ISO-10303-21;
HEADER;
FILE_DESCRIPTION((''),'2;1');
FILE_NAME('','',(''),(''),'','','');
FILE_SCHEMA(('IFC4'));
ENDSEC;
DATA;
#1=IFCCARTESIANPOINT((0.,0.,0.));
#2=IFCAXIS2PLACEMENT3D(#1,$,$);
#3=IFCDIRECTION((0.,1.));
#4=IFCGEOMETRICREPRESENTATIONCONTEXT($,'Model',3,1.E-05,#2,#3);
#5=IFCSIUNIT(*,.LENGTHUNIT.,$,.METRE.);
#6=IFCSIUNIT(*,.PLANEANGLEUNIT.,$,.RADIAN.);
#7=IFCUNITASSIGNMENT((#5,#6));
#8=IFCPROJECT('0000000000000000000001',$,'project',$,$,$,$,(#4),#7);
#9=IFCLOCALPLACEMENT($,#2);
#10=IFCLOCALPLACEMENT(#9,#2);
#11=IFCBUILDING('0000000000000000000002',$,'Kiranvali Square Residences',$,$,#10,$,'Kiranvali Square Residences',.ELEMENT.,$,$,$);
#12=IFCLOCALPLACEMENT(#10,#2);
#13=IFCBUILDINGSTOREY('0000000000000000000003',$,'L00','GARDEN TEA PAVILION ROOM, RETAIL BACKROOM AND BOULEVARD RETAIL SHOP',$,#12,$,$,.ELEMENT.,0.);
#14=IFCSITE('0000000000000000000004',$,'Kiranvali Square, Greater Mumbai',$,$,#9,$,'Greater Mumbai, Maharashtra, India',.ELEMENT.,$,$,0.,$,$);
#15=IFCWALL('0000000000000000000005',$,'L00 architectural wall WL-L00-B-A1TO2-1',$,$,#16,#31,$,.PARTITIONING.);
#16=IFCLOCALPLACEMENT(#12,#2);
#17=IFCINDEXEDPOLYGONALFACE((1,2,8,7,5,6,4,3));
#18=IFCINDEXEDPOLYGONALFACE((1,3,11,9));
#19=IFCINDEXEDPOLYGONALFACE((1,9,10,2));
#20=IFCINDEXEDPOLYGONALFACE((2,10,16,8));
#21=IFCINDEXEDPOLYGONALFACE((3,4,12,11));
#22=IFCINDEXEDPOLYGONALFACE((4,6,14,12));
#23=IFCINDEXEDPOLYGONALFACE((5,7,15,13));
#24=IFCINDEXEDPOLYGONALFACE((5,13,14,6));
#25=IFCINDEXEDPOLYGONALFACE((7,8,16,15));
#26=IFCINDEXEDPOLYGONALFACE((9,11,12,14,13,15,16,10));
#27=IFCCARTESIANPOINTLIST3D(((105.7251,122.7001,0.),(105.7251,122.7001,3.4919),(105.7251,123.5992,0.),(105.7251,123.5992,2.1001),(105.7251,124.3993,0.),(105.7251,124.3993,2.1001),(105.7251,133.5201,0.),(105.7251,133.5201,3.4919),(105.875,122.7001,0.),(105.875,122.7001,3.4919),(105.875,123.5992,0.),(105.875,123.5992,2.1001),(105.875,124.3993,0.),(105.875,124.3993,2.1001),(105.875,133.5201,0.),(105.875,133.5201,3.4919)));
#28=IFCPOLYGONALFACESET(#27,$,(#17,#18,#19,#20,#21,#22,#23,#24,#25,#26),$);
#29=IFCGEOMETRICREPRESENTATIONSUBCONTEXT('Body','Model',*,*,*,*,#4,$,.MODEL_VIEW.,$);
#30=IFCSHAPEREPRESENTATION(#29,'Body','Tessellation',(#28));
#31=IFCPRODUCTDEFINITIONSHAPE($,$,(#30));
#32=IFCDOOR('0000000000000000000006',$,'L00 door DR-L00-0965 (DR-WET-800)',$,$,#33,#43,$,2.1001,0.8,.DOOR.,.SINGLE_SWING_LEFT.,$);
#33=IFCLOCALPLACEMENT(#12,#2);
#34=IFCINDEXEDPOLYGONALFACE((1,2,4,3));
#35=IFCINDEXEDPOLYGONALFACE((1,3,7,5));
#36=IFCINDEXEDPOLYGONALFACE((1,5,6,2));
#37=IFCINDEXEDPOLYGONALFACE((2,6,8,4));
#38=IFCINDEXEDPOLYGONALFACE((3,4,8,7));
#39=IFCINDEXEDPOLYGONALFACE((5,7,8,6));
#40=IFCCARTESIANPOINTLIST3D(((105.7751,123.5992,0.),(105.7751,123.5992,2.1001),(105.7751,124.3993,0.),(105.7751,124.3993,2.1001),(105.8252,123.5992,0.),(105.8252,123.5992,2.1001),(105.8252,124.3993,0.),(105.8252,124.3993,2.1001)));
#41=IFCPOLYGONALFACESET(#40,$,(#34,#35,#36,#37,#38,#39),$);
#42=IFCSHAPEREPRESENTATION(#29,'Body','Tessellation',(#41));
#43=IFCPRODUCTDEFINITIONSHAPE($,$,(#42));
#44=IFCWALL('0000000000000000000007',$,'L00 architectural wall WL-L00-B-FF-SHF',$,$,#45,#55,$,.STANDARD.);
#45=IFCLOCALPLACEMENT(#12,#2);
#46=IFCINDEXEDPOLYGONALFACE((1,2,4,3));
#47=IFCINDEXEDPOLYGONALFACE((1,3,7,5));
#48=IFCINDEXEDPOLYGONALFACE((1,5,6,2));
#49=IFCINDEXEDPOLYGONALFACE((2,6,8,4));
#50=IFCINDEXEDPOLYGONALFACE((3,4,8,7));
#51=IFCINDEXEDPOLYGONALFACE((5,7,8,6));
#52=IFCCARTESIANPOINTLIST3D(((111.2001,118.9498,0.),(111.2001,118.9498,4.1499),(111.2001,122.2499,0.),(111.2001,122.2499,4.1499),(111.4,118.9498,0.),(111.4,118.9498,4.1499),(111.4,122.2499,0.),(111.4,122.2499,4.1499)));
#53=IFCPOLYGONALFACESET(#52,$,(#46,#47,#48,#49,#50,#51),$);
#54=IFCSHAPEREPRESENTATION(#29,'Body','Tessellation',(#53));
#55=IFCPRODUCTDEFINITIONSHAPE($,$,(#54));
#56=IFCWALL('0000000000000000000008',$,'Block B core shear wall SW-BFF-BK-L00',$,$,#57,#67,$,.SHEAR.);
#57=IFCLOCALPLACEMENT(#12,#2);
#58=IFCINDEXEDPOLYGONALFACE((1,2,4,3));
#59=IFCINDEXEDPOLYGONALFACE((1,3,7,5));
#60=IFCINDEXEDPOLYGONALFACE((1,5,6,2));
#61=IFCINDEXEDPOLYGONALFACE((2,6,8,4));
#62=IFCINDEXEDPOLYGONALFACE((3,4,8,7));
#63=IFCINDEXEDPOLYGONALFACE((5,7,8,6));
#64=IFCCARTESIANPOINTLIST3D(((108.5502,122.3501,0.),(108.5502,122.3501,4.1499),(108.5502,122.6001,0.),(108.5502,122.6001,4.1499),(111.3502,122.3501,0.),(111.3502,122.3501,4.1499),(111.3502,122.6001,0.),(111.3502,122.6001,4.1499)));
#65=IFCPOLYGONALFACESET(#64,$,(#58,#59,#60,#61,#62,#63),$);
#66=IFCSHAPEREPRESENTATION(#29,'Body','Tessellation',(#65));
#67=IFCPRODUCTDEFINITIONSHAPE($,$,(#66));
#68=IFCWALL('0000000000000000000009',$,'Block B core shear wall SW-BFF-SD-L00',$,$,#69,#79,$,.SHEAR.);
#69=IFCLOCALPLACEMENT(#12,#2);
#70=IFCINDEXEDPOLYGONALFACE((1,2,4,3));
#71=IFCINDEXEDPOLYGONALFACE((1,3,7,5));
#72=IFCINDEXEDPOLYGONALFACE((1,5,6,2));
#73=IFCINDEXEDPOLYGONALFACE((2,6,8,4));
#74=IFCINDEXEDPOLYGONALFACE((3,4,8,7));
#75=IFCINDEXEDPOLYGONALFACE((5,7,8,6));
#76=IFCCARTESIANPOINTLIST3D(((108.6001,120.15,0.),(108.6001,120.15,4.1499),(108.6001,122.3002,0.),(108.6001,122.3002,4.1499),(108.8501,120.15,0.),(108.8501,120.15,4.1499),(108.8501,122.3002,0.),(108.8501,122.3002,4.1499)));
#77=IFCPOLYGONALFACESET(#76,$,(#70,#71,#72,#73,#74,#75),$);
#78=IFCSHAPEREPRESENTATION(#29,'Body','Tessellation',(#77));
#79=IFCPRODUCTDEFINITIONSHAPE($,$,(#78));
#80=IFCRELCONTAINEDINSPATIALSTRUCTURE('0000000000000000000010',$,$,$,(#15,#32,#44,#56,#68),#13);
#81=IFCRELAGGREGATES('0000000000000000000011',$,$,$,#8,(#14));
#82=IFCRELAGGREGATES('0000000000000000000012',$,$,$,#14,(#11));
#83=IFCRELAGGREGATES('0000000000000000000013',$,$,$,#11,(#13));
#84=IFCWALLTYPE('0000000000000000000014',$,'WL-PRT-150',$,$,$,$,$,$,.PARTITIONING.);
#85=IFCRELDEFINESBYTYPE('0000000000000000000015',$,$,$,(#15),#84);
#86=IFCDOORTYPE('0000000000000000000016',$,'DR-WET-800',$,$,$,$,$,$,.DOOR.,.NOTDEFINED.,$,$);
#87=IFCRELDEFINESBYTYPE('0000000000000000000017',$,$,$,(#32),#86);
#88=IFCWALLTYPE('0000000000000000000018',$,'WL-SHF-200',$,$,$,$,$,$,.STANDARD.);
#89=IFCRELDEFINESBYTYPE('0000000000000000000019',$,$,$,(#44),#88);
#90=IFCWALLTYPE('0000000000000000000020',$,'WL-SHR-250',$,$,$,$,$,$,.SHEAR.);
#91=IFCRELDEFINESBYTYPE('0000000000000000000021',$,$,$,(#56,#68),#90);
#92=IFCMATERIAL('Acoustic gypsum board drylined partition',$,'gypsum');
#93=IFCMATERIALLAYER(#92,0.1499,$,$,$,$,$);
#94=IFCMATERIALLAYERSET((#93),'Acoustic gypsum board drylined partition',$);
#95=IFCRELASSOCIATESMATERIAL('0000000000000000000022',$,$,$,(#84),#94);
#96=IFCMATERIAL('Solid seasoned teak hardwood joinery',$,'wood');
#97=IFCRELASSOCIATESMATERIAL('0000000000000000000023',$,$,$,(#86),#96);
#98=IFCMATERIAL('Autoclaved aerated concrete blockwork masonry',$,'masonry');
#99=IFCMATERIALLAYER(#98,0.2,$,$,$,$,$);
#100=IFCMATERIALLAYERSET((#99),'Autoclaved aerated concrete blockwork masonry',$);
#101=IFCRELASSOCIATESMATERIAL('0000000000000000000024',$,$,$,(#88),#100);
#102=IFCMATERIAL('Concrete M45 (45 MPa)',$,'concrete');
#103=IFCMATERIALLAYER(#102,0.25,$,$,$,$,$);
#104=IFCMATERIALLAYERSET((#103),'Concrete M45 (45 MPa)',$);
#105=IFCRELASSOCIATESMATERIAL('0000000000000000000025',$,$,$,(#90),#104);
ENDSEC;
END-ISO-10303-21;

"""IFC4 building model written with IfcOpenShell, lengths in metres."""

from ifc_helpers import new_model, si_unit, direction, frame, frame_2d, origin, place, context, subcontext, project, spatial, rectangle, extrude, material, layer, layer_set, type_object, element, fill, save


model = new_model("IFC4")

# Units and contexts
model_context = context("Model", 3, precision=1e-05, world=origin(), true_north=direction((0.0, 1.0)))
body_context = subcontext(model_context, "Body", "Model", "MODEL_VIEW")
ifc_project = project(units=[si_unit("LENGTHUNIT", "METRE"), si_unit("PLANEANGLEUNIT", "RADIAN")], contexts=[model_context])

# Site, building, storey
site_placement = place(None, origin())
site = spatial("IfcSite", under=ifc_project, at=site_placement, Name="Kiranvali Square, Greater Mumbai", LongName="Greater Mumbai, Maharashtra, India", CompositionType="ELEMENT", RefElevation=0.0)
building_placement = place(site_placement, origin())
building = spatial("IfcBuilding", under=site, at=building_placement, Name="Kiranvali Square Residences", LongName="Kiranvali Square Residences", CompositionType="ELEMENT")
storey_placement = place(building_placement, origin())
storey = spatial("IfcBuildingStorey", under=building, at=storey_placement, Name="L00", Description="GARDEN TEA PAVILION ROOM, RETAIL BACKROOM AND BOULEVARD RETAIL SHOP", CompositionType="ELEMENT", Elevation=0.0)

# Shared definitions
ifc_material_1 = material(Name="Concrete M45 (45 MPa)", Category="concrete")

# Wall, opening, door
ifc_material_2 = material(Name="Autoclaved aerated concrete blockwork masonry", Category="masonry")
ifc_material_3 = material(Name="Acoustic gypsum board drylined partition", Category="gypsum")
ifc_layer_1 = layer(ifc_material_3, 0.1499)
ifc_layer_set_1 = layer_set([ifc_layer_1], Name="Acoustic gypsum board drylined partition")
wall_type_1 = type_object("IfcWallType", Name="WL-PRT-150", PredefinedType="PARTITIONING", material=ifc_layer_set_1)
ifc_material_4 = material(Name="Solid seasoned teak hardwood joinery", Category="wood")
door_type_1 = type_object("IfcDoorType", Name="DR-WET-800", OperationType="NOTDEFINED", PredefinedType="DOOR", material=ifc_material_4)
wall_1_placement = place(storey_placement, frame((105.8, 122.7, 0.0), z_axis=(0.0, 0.0, 1.0), x_axis=(0.0, 1.0, 0.0)))
wall_1 = element("IfcWall", 1, at=wall_1_placement, inside=storey, type_object=wall_type_1, Name="L00 architectural wall WL-L00-B-A1TO2-1", PredefinedType="PARTITIONING", context=body_context, shape_type="SweptSolid", body=[
    extrude(rectangle(XDim=10.8201, YDim=0.1499, at=frame_2d((5.4102, 0.0))), origin(), (0.0, 0.0, 1.0), 3.4919),
])
opening_1_placement = place(wall_1_placement, frame((0.8994, 0.0, 0.0)))
opening_1 = element("IfcOpeningElement", 2, at=opening_1_placement, cuts=wall_1, PredefinedType="OPENING", context=body_context, shape_type="SweptSolid", body=[
    extrude(rectangle(XDim=0.8, YDim=2.1001, at=frame_2d((0.3999, 1.05))), frame((0.0, 0.085, 0.0), z_axis=(0.0, -1.0, 0.0), x_axis=(1.0, 0.0, 0.0)), (0.0, 0.0, 1.0), 0.1699),
])
door_1_placement = place(opening_1_placement, origin())
door_1 = element("IfcDoor", 3, at=door_1_placement, inside=storey, type_object=door_type_1, Name="L00 door DR-L00-0965 (DR-WET-800)", OperationType="SINGLE_SWING_LEFT", OverallHeight=2.1001, OverallWidth=0.8, PredefinedType="DOOR", context=body_context, shape_type="SweptSolid", body=[
    extrude(rectangle(XDim=0.8, YDim=2.1001, at=frame_2d((0.3999, 1.05))), frame((0.0, 0.0249, 0.0), z_axis=(0.0, -1.0, 0.0), x_axis=(1.0, 0.0, 0.0)), (0.0, 0.0, 1.0), 0.05),
])
fill(opening_1, door_1)

# Walls
ifc_layer_2 = layer(ifc_material_2, 0.2)
ifc_layer_set_2 = layer_set([ifc_layer_2], Name="Autoclaved aerated concrete blockwork masonry")
wall_type_2 = type_object("IfcWallType", Name="WL-SHF-200", PredefinedType="STANDARD", material=ifc_layer_set_2)
wall_2_placement = place(storey_placement, frame((111.3, 118.95, 0.0), z_axis=(0.0, 0.0, 1.0), x_axis=(0.0, 1.0, 0.0)))
element("IfcWall", 4, at=wall_2_placement, inside=storey, type_object=wall_type_2, Name="L00 architectural wall WL-L00-B-FF-SHF", PredefinedType="STANDARD", context=body_context, shape_type="SweptSolid", body=[
    extrude(rectangle(XDim=3.3, YDim=0.2, at=frame_2d((1.6499, 0.0))), origin(), (0.0, 0.0, 1.0), 4.1499),
])
ifc_layer_3 = layer(ifc_material_1, 0.25)
ifc_layer_set_3 = layer_set([ifc_layer_3], Name="Concrete M45 (45 MPa)")
wall_type_3 = type_object("IfcWallType", Name="WL-SHR-250", PredefinedType="SHEAR", material=ifc_layer_set_3)
wall_3_placement = place(storey_placement, frame((111.3501, 122.4751, 0.0), z_axis=(0.0, 0.0, 1.0), x_axis=(-1.0, 0.0, 0.0)))
element("IfcWall", 5, at=wall_3_placement, inside=storey, type_object=wall_type_3, Name="Block B core shear wall SW-BFF-BK-L00", PredefinedType="SHEAR", context=body_context, shape_type="SweptSolid", body=[
    extrude(rectangle(XDim=2.8, YDim=0.25, at=frame_2d((1.3999, 0.0))), origin(), (0.0, 0.0, 1.0), 4.1499),
])
wall_4_placement = place(storey_placement, frame((108.7251, 120.1499, 0.0), z_axis=(0.0, 0.0, 1.0), x_axis=(0.0, 1.0, 0.0)))
element("IfcWall", 6, at=wall_4_placement, inside=storey, type_object=wall_type_3, Name="Block B core shear wall SW-BFF-SD-L00", PredefinedType="SHEAR", context=body_context, shape_type="SweptSolid", body=[
    extrude(rectangle(XDim=2.1501, YDim=0.25, at=frame_2d((1.0752, 0.0))), origin(), (0.0, 0.0, 1.0), 4.1499),
])

save(model, "model.ifc")
